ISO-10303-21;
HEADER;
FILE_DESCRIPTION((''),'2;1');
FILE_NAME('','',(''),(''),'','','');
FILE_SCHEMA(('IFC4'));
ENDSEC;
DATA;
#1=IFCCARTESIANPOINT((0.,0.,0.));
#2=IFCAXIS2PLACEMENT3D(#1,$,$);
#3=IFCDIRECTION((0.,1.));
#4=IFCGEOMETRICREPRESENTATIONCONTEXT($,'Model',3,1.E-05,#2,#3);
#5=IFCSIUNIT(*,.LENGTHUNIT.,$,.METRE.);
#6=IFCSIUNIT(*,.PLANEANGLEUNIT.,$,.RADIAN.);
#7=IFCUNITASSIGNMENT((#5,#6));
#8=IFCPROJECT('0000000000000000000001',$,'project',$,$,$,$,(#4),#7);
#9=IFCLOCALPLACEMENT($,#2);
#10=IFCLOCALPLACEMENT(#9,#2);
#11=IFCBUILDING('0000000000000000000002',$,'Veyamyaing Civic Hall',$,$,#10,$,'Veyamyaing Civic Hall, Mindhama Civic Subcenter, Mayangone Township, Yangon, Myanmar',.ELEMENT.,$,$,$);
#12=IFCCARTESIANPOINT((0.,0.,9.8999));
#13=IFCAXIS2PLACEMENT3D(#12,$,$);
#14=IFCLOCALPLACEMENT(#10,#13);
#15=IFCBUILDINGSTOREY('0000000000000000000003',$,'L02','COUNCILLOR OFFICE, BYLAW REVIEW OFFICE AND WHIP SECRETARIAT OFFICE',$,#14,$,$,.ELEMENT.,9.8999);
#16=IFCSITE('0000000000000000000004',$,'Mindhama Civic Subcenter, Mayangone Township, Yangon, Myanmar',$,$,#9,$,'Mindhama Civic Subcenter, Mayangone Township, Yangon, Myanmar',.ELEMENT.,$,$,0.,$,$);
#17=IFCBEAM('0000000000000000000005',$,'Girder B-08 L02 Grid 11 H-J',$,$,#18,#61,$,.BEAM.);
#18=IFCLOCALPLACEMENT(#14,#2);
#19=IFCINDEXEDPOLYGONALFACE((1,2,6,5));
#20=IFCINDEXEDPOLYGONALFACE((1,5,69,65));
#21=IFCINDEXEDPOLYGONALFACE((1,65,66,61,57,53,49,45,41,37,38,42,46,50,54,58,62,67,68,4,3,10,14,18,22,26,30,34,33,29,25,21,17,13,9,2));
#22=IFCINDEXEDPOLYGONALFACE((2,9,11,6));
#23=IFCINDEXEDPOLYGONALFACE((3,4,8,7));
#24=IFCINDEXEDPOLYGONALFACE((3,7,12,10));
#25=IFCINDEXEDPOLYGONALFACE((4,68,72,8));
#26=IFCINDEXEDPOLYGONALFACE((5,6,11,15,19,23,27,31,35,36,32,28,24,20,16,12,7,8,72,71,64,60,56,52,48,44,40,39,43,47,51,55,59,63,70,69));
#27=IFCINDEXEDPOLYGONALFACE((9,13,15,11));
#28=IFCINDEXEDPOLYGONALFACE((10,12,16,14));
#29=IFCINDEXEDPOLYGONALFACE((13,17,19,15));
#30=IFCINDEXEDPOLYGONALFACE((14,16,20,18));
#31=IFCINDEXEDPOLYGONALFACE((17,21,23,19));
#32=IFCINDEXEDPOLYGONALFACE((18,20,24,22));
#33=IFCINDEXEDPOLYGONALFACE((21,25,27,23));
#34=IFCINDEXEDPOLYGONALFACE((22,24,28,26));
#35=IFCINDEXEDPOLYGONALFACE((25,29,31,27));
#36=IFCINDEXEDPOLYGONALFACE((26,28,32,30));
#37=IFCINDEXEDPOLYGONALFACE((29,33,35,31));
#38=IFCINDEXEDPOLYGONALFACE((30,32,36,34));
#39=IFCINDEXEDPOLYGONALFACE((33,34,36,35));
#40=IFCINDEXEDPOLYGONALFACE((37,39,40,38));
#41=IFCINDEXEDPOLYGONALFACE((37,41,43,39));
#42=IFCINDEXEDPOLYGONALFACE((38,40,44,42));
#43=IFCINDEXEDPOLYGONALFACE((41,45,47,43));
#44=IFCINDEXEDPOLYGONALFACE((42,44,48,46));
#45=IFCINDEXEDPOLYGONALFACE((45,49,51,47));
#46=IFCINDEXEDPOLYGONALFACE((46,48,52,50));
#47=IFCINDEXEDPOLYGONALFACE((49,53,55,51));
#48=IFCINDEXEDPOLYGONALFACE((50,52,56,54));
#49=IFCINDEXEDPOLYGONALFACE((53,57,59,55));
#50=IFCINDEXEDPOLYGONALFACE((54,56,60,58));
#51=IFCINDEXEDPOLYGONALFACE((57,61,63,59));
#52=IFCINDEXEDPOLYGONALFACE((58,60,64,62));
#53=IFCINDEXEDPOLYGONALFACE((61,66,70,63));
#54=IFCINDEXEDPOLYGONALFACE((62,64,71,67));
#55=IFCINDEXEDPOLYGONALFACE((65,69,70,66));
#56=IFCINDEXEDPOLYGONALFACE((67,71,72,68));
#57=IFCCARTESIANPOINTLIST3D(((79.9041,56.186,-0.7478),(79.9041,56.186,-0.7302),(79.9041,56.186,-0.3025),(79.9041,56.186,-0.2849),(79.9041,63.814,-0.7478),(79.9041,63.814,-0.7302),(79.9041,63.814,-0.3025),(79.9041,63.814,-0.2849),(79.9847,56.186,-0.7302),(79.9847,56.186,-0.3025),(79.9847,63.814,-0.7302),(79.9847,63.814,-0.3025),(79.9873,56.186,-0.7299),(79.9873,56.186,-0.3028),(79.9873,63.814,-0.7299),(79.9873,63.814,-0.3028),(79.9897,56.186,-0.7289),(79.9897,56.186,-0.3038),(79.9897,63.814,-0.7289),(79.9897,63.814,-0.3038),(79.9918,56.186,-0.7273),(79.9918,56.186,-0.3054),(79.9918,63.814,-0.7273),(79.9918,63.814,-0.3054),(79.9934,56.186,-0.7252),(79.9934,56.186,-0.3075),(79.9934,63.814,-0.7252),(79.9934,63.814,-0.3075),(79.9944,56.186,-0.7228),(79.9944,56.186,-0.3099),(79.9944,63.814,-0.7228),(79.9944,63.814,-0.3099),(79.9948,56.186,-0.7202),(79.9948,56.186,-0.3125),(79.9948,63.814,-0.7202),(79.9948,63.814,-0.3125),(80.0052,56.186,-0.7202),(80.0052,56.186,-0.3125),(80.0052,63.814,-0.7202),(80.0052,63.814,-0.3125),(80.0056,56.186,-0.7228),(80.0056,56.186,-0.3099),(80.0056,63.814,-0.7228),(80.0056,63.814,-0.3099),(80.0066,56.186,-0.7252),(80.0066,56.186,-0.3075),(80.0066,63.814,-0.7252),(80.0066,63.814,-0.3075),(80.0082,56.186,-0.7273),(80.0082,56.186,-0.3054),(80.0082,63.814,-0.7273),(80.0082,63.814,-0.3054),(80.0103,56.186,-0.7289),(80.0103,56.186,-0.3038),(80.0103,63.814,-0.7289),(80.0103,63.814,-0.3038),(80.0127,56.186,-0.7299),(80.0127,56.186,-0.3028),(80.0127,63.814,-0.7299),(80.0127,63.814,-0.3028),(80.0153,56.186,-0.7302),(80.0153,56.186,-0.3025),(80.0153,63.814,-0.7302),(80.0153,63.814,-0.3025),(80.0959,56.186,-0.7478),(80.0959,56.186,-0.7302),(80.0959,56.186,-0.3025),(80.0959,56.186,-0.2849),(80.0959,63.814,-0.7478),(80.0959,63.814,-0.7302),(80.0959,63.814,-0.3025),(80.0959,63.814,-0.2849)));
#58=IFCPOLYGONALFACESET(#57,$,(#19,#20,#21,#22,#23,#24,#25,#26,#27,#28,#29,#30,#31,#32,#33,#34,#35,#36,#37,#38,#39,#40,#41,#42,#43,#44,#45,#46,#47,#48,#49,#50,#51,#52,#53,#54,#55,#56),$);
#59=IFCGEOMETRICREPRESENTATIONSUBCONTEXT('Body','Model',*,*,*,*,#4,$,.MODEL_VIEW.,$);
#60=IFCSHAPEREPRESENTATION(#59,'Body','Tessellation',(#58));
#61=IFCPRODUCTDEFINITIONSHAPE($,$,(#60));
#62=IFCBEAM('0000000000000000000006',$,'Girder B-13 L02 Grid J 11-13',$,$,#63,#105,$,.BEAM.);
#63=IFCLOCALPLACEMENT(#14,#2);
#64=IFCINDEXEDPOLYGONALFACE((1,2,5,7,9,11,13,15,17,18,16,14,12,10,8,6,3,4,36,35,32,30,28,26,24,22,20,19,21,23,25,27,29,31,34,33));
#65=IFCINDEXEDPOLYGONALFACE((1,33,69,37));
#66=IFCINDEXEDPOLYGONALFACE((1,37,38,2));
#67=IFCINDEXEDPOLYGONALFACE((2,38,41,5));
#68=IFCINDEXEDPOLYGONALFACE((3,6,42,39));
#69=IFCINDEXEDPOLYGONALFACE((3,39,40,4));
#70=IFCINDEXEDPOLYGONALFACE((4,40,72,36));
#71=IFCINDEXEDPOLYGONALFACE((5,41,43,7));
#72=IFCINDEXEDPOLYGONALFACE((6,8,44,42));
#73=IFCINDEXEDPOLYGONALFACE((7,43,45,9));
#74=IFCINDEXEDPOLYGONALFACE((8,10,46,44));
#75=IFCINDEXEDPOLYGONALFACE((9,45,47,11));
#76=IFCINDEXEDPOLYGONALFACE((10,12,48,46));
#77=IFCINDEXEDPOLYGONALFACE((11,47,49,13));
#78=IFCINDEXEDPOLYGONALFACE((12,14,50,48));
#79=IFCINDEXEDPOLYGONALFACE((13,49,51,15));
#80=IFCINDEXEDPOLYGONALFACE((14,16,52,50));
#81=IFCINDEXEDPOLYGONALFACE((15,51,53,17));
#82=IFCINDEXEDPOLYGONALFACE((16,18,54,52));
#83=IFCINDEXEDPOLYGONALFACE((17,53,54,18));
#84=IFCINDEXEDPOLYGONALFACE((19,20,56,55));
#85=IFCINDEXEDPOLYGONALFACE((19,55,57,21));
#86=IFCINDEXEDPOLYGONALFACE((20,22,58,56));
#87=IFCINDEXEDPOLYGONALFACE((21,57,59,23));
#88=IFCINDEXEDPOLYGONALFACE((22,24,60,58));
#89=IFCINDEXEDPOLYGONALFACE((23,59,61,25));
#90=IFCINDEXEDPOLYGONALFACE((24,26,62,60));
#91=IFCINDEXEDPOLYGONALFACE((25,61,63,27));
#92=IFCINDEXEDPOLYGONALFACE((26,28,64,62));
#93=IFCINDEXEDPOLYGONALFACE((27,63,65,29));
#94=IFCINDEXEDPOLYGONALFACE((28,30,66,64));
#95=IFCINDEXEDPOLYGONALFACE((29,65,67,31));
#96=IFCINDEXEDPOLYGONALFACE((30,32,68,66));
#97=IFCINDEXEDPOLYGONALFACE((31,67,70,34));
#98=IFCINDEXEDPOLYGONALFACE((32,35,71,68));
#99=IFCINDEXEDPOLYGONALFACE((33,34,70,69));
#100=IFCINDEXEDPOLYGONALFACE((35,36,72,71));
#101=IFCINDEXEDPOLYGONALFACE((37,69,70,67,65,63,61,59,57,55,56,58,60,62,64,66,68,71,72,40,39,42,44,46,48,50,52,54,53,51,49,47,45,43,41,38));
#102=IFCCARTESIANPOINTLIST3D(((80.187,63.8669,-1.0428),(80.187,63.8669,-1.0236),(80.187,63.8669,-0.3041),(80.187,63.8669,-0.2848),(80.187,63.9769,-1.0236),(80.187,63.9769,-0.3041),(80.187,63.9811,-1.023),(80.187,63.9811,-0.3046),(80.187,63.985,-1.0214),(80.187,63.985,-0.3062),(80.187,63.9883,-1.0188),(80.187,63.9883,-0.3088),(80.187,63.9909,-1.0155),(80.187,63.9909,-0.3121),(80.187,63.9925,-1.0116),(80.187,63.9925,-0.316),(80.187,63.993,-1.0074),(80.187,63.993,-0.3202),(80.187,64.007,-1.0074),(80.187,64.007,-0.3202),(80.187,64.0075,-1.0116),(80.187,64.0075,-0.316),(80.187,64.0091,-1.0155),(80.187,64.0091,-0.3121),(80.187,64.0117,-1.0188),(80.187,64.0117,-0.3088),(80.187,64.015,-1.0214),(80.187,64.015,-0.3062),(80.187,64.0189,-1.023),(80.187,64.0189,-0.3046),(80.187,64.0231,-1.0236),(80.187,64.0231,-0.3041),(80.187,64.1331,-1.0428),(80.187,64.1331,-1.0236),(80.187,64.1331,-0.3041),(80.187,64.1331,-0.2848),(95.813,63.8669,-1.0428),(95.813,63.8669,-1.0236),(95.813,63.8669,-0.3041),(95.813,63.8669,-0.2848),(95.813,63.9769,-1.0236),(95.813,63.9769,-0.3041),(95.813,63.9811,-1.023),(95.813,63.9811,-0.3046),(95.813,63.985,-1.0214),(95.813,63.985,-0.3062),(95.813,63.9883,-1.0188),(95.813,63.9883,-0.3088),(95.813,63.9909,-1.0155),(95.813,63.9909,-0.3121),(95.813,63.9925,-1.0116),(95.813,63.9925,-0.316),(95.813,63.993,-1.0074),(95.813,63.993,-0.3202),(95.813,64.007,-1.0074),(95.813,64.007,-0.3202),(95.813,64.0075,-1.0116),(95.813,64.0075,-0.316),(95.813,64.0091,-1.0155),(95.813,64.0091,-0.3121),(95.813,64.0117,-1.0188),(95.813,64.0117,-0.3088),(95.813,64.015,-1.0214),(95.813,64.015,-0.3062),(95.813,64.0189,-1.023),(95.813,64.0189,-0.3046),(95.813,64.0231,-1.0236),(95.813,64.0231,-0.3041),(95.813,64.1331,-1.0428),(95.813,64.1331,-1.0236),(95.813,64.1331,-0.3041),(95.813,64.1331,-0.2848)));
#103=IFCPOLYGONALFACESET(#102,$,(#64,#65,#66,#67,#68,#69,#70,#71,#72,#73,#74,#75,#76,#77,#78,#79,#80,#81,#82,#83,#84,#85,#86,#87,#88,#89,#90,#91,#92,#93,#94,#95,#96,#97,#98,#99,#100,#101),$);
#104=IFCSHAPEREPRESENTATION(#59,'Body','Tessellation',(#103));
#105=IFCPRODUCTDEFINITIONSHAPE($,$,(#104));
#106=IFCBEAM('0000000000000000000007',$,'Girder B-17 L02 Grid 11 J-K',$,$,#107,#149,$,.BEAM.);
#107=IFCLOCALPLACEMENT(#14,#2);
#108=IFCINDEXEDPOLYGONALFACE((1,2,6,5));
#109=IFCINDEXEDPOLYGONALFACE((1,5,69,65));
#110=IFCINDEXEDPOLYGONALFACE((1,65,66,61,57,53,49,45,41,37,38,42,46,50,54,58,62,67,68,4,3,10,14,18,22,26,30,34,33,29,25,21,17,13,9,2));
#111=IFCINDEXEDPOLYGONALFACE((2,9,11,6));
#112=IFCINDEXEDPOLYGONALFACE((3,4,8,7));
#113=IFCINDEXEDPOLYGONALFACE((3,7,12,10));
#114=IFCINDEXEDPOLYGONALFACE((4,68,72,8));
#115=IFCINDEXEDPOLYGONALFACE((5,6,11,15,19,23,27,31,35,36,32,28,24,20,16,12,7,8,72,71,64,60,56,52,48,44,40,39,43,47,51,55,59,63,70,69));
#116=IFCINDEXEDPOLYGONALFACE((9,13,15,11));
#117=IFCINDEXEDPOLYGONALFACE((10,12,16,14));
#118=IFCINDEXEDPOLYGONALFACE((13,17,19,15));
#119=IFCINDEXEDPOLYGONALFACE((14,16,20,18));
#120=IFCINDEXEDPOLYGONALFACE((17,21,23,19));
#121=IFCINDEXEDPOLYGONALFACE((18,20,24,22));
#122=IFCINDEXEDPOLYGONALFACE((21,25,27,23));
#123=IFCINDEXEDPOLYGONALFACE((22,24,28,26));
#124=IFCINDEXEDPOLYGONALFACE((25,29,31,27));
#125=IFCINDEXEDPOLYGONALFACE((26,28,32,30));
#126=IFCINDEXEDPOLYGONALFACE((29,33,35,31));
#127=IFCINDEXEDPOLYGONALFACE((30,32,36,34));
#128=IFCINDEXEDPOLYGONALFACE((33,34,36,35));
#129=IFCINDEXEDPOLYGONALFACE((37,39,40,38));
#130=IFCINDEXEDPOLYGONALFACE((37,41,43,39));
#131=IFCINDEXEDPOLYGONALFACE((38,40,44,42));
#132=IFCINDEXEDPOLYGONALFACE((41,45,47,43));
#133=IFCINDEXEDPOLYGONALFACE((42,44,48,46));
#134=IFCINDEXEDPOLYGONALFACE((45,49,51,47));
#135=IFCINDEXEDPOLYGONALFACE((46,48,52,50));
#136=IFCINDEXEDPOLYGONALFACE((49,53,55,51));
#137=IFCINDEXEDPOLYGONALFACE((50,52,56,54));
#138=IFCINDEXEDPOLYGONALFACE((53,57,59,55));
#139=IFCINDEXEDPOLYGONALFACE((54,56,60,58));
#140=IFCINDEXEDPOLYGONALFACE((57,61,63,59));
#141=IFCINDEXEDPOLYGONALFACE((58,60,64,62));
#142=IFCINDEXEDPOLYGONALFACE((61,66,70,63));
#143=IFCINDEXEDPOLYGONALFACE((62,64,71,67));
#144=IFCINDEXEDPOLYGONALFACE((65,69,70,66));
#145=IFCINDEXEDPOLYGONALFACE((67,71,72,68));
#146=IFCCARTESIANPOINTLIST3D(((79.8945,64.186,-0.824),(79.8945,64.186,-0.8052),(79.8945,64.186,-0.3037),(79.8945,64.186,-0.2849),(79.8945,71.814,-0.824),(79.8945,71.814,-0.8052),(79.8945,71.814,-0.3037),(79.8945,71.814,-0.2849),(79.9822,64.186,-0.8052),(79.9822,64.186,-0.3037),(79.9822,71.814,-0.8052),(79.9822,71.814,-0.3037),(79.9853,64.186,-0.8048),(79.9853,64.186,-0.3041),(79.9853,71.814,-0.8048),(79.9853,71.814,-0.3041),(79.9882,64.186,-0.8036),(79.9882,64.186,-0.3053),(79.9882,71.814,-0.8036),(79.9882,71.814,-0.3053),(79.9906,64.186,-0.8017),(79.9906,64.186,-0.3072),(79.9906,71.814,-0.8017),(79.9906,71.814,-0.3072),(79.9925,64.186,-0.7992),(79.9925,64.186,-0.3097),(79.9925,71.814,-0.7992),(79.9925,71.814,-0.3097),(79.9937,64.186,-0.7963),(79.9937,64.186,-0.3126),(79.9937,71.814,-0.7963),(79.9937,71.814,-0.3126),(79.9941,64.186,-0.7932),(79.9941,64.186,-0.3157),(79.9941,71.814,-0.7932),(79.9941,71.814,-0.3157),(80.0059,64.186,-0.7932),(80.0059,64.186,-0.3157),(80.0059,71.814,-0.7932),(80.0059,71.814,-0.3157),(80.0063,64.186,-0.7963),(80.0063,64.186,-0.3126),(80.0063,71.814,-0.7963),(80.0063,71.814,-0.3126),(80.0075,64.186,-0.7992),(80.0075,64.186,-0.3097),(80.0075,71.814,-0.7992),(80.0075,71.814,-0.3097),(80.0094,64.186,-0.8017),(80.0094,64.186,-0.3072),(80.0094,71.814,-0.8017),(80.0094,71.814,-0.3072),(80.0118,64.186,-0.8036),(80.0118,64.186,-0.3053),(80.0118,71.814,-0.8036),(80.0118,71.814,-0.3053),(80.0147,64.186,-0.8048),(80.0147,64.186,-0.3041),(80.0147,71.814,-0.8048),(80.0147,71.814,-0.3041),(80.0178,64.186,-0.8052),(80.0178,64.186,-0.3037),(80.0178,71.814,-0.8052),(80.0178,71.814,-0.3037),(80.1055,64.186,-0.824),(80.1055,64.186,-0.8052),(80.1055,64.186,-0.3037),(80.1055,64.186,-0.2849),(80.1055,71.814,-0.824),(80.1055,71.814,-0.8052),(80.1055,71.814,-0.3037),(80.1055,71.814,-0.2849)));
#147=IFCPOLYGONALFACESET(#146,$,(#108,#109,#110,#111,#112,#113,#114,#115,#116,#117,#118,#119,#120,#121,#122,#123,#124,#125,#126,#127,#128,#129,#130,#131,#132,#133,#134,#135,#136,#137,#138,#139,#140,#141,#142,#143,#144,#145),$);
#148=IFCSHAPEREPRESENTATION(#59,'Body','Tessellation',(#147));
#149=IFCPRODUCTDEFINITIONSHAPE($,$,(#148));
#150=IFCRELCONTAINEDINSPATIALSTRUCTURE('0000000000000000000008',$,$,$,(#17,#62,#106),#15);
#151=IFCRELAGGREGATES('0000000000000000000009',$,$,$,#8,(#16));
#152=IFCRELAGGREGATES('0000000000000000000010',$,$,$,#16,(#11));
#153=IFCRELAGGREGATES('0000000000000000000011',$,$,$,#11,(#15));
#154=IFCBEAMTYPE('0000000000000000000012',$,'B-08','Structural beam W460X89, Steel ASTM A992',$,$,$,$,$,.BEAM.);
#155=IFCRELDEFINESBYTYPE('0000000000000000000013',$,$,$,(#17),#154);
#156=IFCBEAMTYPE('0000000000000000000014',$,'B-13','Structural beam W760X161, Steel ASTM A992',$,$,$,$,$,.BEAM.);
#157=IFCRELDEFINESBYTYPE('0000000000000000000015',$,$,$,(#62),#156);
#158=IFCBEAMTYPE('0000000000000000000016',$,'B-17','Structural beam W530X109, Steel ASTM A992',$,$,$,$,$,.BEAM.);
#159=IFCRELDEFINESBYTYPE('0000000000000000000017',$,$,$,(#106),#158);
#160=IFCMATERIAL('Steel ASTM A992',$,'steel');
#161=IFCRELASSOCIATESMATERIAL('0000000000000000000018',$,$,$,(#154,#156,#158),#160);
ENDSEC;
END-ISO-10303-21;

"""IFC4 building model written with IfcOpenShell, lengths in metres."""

from ifc_helpers import new_model, si_unit, direction, frame, origin, origin_2d, place, context, subcontext, project, spatial, i_section, extrude, material, material_profile, profile_set, type_object, element, save


model = new_model("IFC4")

# Units and contexts
model_context = context("Model", 3, precision=1e-05, world=origin(), true_north=direction((0.0, 1.0)))
body_context = subcontext(model_context, "Body", "Model", "MODEL_VIEW")
ifc_project = project(units=[si_unit("LENGTHUNIT", "METRE"), si_unit("PLANEANGLEUNIT", "RADIAN")], contexts=[model_context])

# Site, building, storey
site_placement = place(None, origin())
site = spatial("IfcSite", under=ifc_project, at=site_placement, Name="Mindhama Civic Subcenter, Mayangone Township, Yangon, Myanmar", LongName="Mindhama Civic Subcenter, Mayangone Township, Yangon, Myanmar", CompositionType="ELEMENT", RefElevation=0.0)
building_placement = place(site_placement, origin())
building = spatial("IfcBuilding", under=site, at=building_placement, Name="Veyamyaing Civic Hall", LongName="Veyamyaing Civic Hall, Mindhama Civic Subcenter, Mayangone Township, Yangon, Myanmar", CompositionType="ELEMENT")
storey_placement = place(building_placement, frame((0.0, 0.0, 9.8999)))
storey = spatial("IfcBuildingStorey", under=building, at=storey_placement, Name="L02", Description="COUNCILLOR OFFICE, BYLAW REVIEW OFFICE AND WHIP SECRETARIAT OFFICE", CompositionType="ELEMENT", Elevation=9.8999)

# Beams
ifc_material_1 = material(Name="Steel ASTM A992", Category="steel")
ifc_material_profile_1 = material_profile(ifc_material_1, i_section(OverallWidth=0.1919, OverallDepth=0.4629, WebThickness=0.0105, FlangeThickness=0.0176, FilletRadius=0.01, at=origin_2d()), Name="W460X89")
ifc_profile_set_1 = profile_set([ifc_material_profile_1], Name="Steel ASTM A992")
beam_type_1 = type_object("IfcBeamType", Name="B-08", Description="Structural beam W460X89, Steel ASTM A992", PredefinedType="BEAM", material=ifc_profile_set_1)
beam_1_placement = place(storey_placement, frame((80.0, 56.186, -0.5164), z_axis=(0.0, 1.0, 0.0), x_axis=(-1.0, 0.0, 0.0)))
element("IfcBeam", 1, at=beam_1_placement, inside=storey, type_object=beam_type_1, Name="Girder B-08 L02 Grid 11 H-J", PredefinedType="BEAM", context=body_context, shape_type="SweptSolid", body=[
    extrude(i_section(OverallWidth=0.1919, OverallDepth=0.4629, WebThickness=0.0105, FlangeThickness=0.0176, FilletRadius=0.01, at=origin_2d()), origin(), (0.0, 0.0, 1.0), 7.6279),
])
ifc_material_profile_2 = material_profile(ifc_material_1, i_section(OverallWidth=0.2661, OverallDepth=0.7581, WebThickness=0.0139, FlangeThickness=0.0193, FilletRadius=0.0161, at=origin_2d()), Name="W760X161")
ifc_profile_set_2 = profile_set([ifc_material_profile_2], Name="Steel ASTM A992")
beam_type_2 = type_object("IfcBeamType", Name="B-13", Description="Structural beam W760X161, Steel ASTM A992", PredefinedType="BEAM", material=ifc_profile_set_2)
beam_2_placement = place(storey_placement, frame((80.187, 64.0, -0.6638), z_axis=(1.0, 0.0, 0.0), x_axis=(0.0, 1.0, 0.0)))
element("IfcBeam", 2, at=beam_2_placement, inside=storey, type_object=beam_type_2, Name="Girder B-13 L02 Grid J 11-13", PredefinedType="BEAM", context=body_context, shape_type="SweptSolid", body=[
    extrude(i_section(OverallWidth=0.2661, OverallDepth=0.7581, WebThickness=0.0139, FlangeThickness=0.0193, FilletRadius=0.0161, at=origin_2d()), origin(), (0.0, 0.0, 1.0), 15.626),
])
ifc_material_profile_3 = material_profile(ifc_material_1, i_section(OverallWidth=0.2109, OverallDepth=0.5391, WebThickness=0.0117, FlangeThickness=0.0188, FilletRadius=0.012, at=origin_2d()), Name="W530X109")
ifc_profile_set_3 = profile_set([ifc_material_profile_3], Name="Steel ASTM A992")
beam_type_3 = type_object("IfcBeamType", Name="B-17", Description="Structural beam W530X109, Steel ASTM A992", PredefinedType="BEAM", material=ifc_profile_set_3)
beam_3_placement = place(storey_placement, frame((80.0, 64.186, -0.5544), z_axis=(0.0, 1.0, 0.0), x_axis=(-1.0, 0.0, 0.0)))
element("IfcBeam", 3, at=beam_3_placement, inside=storey, type_object=beam_type_3, Name="Girder B-17 L02 Grid 11 J-K", PredefinedType="BEAM", context=body_context, shape_type="SweptSolid", body=[
    extrude(i_section(OverallWidth=0.2109, OverallDepth=0.5391, WebThickness=0.0117, FlangeThickness=0.0188, FilletRadius=0.012, at=origin_2d()), origin(), (0.0, 0.0, 1.0), 7.6279),
])

save(model, "model.ifc")
